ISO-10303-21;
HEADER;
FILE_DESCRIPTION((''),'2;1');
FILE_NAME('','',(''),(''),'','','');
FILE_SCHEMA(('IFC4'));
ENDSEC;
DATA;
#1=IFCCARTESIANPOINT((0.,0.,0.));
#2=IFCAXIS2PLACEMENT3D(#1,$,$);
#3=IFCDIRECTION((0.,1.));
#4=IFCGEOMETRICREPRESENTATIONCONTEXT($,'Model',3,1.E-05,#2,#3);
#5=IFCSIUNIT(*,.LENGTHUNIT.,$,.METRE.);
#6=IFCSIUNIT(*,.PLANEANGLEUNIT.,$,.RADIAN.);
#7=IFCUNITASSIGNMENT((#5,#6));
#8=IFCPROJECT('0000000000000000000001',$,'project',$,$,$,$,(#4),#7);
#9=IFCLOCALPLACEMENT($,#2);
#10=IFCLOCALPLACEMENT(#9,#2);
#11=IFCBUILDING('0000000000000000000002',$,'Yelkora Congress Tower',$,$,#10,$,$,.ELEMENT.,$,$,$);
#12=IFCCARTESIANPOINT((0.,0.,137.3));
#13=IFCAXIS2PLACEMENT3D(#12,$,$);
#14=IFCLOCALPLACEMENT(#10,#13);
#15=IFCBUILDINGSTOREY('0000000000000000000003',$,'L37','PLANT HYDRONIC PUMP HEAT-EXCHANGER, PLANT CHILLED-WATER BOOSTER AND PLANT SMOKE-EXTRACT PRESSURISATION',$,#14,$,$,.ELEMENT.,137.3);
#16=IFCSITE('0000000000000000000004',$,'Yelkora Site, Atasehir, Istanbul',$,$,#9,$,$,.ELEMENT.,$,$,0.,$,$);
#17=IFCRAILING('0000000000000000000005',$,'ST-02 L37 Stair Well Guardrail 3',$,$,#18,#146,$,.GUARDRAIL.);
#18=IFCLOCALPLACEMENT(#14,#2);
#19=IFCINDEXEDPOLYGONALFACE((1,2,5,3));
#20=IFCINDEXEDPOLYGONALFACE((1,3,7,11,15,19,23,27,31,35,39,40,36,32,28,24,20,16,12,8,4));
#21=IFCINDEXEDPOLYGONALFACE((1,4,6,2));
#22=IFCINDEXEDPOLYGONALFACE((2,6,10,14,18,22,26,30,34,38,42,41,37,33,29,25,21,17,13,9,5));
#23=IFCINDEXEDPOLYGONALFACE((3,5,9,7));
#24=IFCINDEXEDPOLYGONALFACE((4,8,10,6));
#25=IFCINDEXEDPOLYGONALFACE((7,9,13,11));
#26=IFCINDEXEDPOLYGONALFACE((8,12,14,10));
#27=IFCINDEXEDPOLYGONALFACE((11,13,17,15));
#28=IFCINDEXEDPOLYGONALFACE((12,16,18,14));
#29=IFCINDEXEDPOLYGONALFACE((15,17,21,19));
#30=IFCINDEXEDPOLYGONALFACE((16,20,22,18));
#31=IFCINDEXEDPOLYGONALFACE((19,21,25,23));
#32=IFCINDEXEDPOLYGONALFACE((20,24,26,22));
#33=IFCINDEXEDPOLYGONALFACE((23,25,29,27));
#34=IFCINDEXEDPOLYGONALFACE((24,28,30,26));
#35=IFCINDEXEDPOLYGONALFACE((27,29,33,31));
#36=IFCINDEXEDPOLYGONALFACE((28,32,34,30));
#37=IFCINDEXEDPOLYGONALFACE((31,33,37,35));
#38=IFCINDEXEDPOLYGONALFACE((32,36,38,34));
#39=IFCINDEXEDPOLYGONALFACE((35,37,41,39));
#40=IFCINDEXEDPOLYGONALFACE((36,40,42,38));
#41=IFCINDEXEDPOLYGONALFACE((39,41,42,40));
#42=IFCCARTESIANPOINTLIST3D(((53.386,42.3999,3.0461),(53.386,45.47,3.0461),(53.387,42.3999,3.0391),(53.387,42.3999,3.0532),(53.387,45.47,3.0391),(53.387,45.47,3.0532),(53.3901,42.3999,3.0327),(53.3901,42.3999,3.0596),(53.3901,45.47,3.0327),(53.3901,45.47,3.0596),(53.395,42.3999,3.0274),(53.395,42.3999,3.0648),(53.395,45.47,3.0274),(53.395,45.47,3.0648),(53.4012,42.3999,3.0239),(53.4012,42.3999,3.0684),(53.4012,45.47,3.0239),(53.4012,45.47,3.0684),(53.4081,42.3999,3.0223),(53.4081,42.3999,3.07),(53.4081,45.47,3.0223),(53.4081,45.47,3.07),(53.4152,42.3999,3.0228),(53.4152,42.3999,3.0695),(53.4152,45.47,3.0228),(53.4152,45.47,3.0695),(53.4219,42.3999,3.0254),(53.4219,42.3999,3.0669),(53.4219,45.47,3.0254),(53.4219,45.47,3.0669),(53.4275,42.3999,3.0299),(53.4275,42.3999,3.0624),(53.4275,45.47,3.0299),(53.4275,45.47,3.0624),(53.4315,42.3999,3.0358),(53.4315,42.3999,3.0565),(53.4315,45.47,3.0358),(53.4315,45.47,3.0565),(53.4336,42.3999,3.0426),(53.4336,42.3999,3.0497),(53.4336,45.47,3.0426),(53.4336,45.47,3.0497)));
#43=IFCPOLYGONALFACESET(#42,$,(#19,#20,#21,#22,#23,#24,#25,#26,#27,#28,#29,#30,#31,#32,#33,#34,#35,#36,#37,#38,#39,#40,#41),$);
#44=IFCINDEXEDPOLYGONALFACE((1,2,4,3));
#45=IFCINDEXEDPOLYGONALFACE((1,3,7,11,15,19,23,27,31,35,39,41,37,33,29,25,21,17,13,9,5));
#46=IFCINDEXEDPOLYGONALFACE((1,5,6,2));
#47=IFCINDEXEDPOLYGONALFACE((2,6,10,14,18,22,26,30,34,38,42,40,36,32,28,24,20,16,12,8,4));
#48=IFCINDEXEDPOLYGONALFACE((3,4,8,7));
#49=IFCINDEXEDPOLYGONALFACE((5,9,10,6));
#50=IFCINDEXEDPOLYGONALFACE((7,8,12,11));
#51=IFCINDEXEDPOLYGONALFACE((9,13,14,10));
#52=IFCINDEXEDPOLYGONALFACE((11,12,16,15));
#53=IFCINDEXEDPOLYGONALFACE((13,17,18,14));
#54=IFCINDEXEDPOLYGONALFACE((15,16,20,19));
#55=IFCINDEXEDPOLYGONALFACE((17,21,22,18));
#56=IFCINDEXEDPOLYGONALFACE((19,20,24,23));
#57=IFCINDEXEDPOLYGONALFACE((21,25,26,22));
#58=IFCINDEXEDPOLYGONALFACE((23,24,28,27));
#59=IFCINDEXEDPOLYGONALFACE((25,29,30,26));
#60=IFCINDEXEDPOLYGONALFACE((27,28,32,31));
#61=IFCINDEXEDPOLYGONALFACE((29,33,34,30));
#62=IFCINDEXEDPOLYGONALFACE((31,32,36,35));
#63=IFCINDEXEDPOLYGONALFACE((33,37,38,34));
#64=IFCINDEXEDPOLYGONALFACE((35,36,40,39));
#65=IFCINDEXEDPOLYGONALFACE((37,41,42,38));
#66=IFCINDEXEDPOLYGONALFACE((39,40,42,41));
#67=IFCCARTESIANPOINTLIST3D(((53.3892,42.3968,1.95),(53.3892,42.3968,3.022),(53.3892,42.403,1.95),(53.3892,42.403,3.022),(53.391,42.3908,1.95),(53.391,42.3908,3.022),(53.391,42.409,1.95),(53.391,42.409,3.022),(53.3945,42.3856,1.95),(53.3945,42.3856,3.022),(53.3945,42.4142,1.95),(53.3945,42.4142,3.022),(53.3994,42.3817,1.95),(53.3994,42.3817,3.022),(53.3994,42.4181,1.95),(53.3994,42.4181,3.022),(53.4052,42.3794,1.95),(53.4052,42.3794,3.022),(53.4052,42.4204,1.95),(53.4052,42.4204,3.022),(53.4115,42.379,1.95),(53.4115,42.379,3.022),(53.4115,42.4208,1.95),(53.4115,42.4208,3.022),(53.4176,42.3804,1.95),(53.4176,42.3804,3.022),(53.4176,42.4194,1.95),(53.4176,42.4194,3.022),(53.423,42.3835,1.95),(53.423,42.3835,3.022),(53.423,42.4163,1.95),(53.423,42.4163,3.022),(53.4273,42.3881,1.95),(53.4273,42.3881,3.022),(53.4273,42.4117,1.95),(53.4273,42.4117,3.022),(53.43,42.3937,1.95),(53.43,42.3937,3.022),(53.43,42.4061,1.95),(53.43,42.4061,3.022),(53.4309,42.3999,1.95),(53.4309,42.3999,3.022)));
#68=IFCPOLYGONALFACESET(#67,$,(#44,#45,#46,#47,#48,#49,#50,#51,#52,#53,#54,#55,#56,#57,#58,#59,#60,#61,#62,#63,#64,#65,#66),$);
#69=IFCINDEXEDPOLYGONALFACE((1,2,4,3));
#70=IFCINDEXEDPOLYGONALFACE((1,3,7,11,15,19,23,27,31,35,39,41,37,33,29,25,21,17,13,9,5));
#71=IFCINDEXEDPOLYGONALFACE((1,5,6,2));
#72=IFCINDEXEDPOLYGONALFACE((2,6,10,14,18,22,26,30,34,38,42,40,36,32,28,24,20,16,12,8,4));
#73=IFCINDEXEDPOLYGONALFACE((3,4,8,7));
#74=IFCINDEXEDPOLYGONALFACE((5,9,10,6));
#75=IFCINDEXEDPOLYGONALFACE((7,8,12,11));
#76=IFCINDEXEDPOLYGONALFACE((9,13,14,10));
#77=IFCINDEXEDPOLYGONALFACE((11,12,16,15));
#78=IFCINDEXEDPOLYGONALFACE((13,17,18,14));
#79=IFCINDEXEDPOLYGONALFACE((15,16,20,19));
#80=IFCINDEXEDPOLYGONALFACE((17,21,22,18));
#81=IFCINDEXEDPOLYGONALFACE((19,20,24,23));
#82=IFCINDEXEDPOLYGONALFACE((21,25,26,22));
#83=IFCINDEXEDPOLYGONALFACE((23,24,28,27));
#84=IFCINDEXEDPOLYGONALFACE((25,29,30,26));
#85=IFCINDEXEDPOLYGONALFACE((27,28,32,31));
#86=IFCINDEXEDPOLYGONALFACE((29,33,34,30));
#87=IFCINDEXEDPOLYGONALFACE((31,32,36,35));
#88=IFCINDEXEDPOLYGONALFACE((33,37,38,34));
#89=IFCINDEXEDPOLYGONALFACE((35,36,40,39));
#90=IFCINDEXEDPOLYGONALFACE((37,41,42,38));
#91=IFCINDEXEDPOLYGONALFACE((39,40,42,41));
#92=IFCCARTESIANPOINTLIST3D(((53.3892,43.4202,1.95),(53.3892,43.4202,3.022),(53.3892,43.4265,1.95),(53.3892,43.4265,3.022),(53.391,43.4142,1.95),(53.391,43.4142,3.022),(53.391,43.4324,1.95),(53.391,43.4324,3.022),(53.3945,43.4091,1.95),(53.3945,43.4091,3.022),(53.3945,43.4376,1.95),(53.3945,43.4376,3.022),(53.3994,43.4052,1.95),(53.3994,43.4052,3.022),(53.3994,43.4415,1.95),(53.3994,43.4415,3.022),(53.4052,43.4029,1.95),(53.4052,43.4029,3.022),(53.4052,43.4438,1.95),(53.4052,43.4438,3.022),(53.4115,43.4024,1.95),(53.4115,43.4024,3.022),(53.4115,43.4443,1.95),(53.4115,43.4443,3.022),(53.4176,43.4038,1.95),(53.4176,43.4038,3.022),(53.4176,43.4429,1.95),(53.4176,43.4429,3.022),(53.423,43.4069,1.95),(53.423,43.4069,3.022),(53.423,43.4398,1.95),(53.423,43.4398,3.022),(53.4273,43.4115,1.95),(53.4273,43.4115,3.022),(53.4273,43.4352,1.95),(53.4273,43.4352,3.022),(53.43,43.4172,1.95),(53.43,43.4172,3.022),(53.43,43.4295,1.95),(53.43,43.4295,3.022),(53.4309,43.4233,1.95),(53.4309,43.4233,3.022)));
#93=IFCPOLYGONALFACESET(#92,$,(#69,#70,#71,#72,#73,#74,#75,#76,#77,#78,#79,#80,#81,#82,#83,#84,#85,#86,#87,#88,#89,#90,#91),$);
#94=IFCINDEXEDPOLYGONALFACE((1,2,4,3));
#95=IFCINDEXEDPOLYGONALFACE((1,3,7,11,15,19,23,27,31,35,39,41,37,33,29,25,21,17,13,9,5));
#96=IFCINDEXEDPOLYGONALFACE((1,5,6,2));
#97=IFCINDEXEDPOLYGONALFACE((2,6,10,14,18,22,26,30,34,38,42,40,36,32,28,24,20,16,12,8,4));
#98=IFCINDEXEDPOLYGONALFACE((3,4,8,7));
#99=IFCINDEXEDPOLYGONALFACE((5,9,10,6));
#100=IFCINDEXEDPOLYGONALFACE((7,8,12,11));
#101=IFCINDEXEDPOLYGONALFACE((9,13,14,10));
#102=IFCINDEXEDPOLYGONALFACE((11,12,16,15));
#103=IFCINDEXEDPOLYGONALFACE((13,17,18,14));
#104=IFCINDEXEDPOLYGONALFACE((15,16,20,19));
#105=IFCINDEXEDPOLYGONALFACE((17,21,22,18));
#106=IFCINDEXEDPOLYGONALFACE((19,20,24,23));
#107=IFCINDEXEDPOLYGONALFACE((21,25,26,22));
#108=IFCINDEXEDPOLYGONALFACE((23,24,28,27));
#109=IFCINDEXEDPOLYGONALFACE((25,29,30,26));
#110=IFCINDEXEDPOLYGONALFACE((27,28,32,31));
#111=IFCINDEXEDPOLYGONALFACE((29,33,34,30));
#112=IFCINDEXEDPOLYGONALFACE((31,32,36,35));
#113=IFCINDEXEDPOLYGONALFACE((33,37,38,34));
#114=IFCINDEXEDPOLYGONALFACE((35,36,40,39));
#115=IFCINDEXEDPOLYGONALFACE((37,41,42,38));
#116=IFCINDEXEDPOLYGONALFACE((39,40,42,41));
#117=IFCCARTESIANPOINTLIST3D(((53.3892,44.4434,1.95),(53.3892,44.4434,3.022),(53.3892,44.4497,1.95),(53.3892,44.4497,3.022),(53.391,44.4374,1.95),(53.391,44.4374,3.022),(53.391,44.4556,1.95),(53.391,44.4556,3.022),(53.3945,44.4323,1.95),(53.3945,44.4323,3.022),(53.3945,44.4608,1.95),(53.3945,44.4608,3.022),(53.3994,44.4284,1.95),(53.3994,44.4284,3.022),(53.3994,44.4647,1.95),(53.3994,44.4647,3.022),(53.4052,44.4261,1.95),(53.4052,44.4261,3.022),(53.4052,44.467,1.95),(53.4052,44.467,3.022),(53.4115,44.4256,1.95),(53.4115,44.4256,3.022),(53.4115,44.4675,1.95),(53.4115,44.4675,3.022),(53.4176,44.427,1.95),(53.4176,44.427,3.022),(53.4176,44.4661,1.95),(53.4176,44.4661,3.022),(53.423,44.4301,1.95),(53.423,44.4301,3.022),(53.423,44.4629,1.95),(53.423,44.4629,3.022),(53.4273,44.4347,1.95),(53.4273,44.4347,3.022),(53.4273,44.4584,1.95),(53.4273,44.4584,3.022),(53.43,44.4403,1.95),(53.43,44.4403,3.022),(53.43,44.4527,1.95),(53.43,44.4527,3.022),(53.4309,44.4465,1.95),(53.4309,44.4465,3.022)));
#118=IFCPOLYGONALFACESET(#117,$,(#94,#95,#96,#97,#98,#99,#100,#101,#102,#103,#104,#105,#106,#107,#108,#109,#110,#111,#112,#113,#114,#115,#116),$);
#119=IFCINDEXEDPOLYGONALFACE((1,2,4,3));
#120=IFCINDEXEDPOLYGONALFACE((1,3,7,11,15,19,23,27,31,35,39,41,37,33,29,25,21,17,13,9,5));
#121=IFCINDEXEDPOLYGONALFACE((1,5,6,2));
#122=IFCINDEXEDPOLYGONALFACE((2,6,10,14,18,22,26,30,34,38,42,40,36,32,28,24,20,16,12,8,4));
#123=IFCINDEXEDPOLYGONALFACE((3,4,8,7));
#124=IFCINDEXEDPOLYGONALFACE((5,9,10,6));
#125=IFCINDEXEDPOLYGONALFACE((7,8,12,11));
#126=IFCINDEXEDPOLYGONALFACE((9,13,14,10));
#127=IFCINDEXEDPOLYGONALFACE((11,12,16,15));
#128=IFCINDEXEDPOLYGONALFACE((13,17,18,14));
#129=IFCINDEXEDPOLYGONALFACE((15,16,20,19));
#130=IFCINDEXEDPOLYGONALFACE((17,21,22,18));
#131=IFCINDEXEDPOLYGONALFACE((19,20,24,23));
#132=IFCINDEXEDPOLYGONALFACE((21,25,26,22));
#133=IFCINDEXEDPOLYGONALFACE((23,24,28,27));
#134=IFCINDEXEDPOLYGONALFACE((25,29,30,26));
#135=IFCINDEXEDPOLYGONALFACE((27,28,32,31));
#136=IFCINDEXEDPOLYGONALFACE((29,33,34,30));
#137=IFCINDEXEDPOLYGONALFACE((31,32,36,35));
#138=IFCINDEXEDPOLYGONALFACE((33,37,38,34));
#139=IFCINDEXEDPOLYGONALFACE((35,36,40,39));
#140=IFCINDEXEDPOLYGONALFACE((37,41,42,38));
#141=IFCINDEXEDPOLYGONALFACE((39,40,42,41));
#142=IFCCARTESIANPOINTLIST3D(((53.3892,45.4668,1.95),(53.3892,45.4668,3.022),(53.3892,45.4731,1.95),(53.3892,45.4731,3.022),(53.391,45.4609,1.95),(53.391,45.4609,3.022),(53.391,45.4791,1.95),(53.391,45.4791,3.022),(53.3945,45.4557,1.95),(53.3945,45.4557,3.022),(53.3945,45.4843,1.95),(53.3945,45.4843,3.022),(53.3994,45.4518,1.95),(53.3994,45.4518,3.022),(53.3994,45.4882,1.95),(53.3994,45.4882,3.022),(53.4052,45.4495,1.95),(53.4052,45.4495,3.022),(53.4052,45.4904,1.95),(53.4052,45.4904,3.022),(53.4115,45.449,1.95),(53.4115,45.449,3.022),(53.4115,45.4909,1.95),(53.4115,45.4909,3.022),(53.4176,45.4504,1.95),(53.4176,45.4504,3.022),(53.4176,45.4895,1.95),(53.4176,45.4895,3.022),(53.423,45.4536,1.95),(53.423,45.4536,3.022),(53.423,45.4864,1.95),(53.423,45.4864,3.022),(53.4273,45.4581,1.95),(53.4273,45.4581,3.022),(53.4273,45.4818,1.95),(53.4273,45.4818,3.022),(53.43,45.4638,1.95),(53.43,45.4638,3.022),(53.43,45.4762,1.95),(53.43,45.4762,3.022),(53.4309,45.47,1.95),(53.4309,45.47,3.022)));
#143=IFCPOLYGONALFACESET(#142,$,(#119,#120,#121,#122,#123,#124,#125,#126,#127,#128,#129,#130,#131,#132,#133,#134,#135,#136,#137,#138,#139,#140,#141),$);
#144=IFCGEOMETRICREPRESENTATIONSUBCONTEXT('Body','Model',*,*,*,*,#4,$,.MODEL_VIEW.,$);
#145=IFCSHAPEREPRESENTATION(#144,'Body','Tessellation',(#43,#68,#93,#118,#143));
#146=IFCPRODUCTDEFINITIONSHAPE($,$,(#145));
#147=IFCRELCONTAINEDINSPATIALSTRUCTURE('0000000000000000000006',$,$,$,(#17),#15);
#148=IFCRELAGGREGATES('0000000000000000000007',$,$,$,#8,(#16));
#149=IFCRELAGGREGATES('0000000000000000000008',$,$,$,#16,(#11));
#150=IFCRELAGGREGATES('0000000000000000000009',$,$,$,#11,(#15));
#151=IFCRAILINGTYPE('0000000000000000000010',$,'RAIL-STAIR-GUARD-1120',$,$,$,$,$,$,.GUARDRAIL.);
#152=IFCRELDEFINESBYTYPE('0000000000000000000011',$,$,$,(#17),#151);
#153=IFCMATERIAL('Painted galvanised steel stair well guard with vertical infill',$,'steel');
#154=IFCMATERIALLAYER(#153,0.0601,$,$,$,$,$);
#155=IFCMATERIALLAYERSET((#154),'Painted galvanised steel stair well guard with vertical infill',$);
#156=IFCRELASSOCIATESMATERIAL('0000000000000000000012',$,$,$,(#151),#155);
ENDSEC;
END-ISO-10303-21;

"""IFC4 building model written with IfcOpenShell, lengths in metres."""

from ifc_helpers import new_model, si_unit, direction, frame, origin, origin_2d, place, context, subcontext, project, spatial, circle, extrude, material, layer, layer_set, type_object, element, save


model = new_model("IFC4")

# Units and contexts
model_context = context("Model", 3, precision=1e-05, world=origin(), true_north=direction((0.0, 1.0)))
body_context = subcontext(model_context, "Body", "Model", "MODEL_VIEW")
ifc_project = project(units=[si_unit("LENGTHUNIT", "METRE"), si_unit("PLANEANGLEUNIT", "RADIAN")], contexts=[model_context])

# Site, building, storey
site_placement = place(None, origin())
site = spatial("IfcSite", under=ifc_project, at=site_placement, Name="Yelkora Site, Atasehir, Istanbul", CompositionType="ELEMENT", RefElevation=0.0)
building_placement = place(site_placement, origin())
building = spatial("IfcBuilding", under=site, at=building_placement, Name="Yelkora Congress Tower", CompositionType="ELEMENT")
storey_placement = place(building_placement, frame((0.0, 0.0, 137.3)))
storey = spatial("IfcBuildingStorey", under=building, at=storey_placement, Name="L37", Description="PLANT HYDRONIC PUMP HEAT-EXCHANGER, PLANT CHILLED-WATER BOOSTER AND PLANT SMOKE-EXTRACT PRESSURISATION", CompositionType="ELEMENT", Elevation=137.3)

# Railing
ifc_material_1 = material(Name="Painted galvanised steel stair well guard with vertical infill", Category="steel")
ifc_layer_1 = layer(ifc_material_1, 0.0601)
ifc_layer_set_1 = layer_set([ifc_layer_1], Name="Painted galvanised steel stair well guard with vertical infill")
railing_type_1 = type_object("IfcRailingType", Name="RAIL-STAIR-GUARD-1120", PredefinedType="GUARDRAIL", material=ifc_layer_set_1)
for number, where, name in (
    (1, (53.4099, 42.3999, 1.95), "ST-02 L37 Stair Well Guardrail 3"),
):
    element("IfcRailing", number, at=place(storey_placement, frame(where)), inside=storey, type_object=railing_type_1, Name=name, PredefinedType="GUARDRAIL", context=body_context, shape_type="SweptSolid", body=[
        extrude(circle(Radius=0.0239, at=origin_2d()), frame((0.0, 0.0, 1.0962), z_axis=(0.0, 1.0, 0.0), x_axis=(-1.0, 0.0, 0.0)), (0.0, 0.0, 1.0), 3.0701),
        extrude(circle(Radius=0.021, at=origin_2d()), origin(), (0.0, 0.0, 1.0), 1.072),
        extrude(circle(Radius=0.021, at=origin_2d()), frame((0.0, 1.0234, 0.0)), (0.0, 0.0, 1.0), 1.072),
        extrude(circle(Radius=0.021, at=origin_2d()), frame((0.0, 2.0466, 0.0)), (0.0, 0.0, 1.0), 1.072),
        extrude(circle(Radius=0.021, at=origin_2d()), frame((0.0, 3.0701, 0.0)), (0.0, 0.0, 1.0), 1.072),
    ])

save(model, "model.ifc")
